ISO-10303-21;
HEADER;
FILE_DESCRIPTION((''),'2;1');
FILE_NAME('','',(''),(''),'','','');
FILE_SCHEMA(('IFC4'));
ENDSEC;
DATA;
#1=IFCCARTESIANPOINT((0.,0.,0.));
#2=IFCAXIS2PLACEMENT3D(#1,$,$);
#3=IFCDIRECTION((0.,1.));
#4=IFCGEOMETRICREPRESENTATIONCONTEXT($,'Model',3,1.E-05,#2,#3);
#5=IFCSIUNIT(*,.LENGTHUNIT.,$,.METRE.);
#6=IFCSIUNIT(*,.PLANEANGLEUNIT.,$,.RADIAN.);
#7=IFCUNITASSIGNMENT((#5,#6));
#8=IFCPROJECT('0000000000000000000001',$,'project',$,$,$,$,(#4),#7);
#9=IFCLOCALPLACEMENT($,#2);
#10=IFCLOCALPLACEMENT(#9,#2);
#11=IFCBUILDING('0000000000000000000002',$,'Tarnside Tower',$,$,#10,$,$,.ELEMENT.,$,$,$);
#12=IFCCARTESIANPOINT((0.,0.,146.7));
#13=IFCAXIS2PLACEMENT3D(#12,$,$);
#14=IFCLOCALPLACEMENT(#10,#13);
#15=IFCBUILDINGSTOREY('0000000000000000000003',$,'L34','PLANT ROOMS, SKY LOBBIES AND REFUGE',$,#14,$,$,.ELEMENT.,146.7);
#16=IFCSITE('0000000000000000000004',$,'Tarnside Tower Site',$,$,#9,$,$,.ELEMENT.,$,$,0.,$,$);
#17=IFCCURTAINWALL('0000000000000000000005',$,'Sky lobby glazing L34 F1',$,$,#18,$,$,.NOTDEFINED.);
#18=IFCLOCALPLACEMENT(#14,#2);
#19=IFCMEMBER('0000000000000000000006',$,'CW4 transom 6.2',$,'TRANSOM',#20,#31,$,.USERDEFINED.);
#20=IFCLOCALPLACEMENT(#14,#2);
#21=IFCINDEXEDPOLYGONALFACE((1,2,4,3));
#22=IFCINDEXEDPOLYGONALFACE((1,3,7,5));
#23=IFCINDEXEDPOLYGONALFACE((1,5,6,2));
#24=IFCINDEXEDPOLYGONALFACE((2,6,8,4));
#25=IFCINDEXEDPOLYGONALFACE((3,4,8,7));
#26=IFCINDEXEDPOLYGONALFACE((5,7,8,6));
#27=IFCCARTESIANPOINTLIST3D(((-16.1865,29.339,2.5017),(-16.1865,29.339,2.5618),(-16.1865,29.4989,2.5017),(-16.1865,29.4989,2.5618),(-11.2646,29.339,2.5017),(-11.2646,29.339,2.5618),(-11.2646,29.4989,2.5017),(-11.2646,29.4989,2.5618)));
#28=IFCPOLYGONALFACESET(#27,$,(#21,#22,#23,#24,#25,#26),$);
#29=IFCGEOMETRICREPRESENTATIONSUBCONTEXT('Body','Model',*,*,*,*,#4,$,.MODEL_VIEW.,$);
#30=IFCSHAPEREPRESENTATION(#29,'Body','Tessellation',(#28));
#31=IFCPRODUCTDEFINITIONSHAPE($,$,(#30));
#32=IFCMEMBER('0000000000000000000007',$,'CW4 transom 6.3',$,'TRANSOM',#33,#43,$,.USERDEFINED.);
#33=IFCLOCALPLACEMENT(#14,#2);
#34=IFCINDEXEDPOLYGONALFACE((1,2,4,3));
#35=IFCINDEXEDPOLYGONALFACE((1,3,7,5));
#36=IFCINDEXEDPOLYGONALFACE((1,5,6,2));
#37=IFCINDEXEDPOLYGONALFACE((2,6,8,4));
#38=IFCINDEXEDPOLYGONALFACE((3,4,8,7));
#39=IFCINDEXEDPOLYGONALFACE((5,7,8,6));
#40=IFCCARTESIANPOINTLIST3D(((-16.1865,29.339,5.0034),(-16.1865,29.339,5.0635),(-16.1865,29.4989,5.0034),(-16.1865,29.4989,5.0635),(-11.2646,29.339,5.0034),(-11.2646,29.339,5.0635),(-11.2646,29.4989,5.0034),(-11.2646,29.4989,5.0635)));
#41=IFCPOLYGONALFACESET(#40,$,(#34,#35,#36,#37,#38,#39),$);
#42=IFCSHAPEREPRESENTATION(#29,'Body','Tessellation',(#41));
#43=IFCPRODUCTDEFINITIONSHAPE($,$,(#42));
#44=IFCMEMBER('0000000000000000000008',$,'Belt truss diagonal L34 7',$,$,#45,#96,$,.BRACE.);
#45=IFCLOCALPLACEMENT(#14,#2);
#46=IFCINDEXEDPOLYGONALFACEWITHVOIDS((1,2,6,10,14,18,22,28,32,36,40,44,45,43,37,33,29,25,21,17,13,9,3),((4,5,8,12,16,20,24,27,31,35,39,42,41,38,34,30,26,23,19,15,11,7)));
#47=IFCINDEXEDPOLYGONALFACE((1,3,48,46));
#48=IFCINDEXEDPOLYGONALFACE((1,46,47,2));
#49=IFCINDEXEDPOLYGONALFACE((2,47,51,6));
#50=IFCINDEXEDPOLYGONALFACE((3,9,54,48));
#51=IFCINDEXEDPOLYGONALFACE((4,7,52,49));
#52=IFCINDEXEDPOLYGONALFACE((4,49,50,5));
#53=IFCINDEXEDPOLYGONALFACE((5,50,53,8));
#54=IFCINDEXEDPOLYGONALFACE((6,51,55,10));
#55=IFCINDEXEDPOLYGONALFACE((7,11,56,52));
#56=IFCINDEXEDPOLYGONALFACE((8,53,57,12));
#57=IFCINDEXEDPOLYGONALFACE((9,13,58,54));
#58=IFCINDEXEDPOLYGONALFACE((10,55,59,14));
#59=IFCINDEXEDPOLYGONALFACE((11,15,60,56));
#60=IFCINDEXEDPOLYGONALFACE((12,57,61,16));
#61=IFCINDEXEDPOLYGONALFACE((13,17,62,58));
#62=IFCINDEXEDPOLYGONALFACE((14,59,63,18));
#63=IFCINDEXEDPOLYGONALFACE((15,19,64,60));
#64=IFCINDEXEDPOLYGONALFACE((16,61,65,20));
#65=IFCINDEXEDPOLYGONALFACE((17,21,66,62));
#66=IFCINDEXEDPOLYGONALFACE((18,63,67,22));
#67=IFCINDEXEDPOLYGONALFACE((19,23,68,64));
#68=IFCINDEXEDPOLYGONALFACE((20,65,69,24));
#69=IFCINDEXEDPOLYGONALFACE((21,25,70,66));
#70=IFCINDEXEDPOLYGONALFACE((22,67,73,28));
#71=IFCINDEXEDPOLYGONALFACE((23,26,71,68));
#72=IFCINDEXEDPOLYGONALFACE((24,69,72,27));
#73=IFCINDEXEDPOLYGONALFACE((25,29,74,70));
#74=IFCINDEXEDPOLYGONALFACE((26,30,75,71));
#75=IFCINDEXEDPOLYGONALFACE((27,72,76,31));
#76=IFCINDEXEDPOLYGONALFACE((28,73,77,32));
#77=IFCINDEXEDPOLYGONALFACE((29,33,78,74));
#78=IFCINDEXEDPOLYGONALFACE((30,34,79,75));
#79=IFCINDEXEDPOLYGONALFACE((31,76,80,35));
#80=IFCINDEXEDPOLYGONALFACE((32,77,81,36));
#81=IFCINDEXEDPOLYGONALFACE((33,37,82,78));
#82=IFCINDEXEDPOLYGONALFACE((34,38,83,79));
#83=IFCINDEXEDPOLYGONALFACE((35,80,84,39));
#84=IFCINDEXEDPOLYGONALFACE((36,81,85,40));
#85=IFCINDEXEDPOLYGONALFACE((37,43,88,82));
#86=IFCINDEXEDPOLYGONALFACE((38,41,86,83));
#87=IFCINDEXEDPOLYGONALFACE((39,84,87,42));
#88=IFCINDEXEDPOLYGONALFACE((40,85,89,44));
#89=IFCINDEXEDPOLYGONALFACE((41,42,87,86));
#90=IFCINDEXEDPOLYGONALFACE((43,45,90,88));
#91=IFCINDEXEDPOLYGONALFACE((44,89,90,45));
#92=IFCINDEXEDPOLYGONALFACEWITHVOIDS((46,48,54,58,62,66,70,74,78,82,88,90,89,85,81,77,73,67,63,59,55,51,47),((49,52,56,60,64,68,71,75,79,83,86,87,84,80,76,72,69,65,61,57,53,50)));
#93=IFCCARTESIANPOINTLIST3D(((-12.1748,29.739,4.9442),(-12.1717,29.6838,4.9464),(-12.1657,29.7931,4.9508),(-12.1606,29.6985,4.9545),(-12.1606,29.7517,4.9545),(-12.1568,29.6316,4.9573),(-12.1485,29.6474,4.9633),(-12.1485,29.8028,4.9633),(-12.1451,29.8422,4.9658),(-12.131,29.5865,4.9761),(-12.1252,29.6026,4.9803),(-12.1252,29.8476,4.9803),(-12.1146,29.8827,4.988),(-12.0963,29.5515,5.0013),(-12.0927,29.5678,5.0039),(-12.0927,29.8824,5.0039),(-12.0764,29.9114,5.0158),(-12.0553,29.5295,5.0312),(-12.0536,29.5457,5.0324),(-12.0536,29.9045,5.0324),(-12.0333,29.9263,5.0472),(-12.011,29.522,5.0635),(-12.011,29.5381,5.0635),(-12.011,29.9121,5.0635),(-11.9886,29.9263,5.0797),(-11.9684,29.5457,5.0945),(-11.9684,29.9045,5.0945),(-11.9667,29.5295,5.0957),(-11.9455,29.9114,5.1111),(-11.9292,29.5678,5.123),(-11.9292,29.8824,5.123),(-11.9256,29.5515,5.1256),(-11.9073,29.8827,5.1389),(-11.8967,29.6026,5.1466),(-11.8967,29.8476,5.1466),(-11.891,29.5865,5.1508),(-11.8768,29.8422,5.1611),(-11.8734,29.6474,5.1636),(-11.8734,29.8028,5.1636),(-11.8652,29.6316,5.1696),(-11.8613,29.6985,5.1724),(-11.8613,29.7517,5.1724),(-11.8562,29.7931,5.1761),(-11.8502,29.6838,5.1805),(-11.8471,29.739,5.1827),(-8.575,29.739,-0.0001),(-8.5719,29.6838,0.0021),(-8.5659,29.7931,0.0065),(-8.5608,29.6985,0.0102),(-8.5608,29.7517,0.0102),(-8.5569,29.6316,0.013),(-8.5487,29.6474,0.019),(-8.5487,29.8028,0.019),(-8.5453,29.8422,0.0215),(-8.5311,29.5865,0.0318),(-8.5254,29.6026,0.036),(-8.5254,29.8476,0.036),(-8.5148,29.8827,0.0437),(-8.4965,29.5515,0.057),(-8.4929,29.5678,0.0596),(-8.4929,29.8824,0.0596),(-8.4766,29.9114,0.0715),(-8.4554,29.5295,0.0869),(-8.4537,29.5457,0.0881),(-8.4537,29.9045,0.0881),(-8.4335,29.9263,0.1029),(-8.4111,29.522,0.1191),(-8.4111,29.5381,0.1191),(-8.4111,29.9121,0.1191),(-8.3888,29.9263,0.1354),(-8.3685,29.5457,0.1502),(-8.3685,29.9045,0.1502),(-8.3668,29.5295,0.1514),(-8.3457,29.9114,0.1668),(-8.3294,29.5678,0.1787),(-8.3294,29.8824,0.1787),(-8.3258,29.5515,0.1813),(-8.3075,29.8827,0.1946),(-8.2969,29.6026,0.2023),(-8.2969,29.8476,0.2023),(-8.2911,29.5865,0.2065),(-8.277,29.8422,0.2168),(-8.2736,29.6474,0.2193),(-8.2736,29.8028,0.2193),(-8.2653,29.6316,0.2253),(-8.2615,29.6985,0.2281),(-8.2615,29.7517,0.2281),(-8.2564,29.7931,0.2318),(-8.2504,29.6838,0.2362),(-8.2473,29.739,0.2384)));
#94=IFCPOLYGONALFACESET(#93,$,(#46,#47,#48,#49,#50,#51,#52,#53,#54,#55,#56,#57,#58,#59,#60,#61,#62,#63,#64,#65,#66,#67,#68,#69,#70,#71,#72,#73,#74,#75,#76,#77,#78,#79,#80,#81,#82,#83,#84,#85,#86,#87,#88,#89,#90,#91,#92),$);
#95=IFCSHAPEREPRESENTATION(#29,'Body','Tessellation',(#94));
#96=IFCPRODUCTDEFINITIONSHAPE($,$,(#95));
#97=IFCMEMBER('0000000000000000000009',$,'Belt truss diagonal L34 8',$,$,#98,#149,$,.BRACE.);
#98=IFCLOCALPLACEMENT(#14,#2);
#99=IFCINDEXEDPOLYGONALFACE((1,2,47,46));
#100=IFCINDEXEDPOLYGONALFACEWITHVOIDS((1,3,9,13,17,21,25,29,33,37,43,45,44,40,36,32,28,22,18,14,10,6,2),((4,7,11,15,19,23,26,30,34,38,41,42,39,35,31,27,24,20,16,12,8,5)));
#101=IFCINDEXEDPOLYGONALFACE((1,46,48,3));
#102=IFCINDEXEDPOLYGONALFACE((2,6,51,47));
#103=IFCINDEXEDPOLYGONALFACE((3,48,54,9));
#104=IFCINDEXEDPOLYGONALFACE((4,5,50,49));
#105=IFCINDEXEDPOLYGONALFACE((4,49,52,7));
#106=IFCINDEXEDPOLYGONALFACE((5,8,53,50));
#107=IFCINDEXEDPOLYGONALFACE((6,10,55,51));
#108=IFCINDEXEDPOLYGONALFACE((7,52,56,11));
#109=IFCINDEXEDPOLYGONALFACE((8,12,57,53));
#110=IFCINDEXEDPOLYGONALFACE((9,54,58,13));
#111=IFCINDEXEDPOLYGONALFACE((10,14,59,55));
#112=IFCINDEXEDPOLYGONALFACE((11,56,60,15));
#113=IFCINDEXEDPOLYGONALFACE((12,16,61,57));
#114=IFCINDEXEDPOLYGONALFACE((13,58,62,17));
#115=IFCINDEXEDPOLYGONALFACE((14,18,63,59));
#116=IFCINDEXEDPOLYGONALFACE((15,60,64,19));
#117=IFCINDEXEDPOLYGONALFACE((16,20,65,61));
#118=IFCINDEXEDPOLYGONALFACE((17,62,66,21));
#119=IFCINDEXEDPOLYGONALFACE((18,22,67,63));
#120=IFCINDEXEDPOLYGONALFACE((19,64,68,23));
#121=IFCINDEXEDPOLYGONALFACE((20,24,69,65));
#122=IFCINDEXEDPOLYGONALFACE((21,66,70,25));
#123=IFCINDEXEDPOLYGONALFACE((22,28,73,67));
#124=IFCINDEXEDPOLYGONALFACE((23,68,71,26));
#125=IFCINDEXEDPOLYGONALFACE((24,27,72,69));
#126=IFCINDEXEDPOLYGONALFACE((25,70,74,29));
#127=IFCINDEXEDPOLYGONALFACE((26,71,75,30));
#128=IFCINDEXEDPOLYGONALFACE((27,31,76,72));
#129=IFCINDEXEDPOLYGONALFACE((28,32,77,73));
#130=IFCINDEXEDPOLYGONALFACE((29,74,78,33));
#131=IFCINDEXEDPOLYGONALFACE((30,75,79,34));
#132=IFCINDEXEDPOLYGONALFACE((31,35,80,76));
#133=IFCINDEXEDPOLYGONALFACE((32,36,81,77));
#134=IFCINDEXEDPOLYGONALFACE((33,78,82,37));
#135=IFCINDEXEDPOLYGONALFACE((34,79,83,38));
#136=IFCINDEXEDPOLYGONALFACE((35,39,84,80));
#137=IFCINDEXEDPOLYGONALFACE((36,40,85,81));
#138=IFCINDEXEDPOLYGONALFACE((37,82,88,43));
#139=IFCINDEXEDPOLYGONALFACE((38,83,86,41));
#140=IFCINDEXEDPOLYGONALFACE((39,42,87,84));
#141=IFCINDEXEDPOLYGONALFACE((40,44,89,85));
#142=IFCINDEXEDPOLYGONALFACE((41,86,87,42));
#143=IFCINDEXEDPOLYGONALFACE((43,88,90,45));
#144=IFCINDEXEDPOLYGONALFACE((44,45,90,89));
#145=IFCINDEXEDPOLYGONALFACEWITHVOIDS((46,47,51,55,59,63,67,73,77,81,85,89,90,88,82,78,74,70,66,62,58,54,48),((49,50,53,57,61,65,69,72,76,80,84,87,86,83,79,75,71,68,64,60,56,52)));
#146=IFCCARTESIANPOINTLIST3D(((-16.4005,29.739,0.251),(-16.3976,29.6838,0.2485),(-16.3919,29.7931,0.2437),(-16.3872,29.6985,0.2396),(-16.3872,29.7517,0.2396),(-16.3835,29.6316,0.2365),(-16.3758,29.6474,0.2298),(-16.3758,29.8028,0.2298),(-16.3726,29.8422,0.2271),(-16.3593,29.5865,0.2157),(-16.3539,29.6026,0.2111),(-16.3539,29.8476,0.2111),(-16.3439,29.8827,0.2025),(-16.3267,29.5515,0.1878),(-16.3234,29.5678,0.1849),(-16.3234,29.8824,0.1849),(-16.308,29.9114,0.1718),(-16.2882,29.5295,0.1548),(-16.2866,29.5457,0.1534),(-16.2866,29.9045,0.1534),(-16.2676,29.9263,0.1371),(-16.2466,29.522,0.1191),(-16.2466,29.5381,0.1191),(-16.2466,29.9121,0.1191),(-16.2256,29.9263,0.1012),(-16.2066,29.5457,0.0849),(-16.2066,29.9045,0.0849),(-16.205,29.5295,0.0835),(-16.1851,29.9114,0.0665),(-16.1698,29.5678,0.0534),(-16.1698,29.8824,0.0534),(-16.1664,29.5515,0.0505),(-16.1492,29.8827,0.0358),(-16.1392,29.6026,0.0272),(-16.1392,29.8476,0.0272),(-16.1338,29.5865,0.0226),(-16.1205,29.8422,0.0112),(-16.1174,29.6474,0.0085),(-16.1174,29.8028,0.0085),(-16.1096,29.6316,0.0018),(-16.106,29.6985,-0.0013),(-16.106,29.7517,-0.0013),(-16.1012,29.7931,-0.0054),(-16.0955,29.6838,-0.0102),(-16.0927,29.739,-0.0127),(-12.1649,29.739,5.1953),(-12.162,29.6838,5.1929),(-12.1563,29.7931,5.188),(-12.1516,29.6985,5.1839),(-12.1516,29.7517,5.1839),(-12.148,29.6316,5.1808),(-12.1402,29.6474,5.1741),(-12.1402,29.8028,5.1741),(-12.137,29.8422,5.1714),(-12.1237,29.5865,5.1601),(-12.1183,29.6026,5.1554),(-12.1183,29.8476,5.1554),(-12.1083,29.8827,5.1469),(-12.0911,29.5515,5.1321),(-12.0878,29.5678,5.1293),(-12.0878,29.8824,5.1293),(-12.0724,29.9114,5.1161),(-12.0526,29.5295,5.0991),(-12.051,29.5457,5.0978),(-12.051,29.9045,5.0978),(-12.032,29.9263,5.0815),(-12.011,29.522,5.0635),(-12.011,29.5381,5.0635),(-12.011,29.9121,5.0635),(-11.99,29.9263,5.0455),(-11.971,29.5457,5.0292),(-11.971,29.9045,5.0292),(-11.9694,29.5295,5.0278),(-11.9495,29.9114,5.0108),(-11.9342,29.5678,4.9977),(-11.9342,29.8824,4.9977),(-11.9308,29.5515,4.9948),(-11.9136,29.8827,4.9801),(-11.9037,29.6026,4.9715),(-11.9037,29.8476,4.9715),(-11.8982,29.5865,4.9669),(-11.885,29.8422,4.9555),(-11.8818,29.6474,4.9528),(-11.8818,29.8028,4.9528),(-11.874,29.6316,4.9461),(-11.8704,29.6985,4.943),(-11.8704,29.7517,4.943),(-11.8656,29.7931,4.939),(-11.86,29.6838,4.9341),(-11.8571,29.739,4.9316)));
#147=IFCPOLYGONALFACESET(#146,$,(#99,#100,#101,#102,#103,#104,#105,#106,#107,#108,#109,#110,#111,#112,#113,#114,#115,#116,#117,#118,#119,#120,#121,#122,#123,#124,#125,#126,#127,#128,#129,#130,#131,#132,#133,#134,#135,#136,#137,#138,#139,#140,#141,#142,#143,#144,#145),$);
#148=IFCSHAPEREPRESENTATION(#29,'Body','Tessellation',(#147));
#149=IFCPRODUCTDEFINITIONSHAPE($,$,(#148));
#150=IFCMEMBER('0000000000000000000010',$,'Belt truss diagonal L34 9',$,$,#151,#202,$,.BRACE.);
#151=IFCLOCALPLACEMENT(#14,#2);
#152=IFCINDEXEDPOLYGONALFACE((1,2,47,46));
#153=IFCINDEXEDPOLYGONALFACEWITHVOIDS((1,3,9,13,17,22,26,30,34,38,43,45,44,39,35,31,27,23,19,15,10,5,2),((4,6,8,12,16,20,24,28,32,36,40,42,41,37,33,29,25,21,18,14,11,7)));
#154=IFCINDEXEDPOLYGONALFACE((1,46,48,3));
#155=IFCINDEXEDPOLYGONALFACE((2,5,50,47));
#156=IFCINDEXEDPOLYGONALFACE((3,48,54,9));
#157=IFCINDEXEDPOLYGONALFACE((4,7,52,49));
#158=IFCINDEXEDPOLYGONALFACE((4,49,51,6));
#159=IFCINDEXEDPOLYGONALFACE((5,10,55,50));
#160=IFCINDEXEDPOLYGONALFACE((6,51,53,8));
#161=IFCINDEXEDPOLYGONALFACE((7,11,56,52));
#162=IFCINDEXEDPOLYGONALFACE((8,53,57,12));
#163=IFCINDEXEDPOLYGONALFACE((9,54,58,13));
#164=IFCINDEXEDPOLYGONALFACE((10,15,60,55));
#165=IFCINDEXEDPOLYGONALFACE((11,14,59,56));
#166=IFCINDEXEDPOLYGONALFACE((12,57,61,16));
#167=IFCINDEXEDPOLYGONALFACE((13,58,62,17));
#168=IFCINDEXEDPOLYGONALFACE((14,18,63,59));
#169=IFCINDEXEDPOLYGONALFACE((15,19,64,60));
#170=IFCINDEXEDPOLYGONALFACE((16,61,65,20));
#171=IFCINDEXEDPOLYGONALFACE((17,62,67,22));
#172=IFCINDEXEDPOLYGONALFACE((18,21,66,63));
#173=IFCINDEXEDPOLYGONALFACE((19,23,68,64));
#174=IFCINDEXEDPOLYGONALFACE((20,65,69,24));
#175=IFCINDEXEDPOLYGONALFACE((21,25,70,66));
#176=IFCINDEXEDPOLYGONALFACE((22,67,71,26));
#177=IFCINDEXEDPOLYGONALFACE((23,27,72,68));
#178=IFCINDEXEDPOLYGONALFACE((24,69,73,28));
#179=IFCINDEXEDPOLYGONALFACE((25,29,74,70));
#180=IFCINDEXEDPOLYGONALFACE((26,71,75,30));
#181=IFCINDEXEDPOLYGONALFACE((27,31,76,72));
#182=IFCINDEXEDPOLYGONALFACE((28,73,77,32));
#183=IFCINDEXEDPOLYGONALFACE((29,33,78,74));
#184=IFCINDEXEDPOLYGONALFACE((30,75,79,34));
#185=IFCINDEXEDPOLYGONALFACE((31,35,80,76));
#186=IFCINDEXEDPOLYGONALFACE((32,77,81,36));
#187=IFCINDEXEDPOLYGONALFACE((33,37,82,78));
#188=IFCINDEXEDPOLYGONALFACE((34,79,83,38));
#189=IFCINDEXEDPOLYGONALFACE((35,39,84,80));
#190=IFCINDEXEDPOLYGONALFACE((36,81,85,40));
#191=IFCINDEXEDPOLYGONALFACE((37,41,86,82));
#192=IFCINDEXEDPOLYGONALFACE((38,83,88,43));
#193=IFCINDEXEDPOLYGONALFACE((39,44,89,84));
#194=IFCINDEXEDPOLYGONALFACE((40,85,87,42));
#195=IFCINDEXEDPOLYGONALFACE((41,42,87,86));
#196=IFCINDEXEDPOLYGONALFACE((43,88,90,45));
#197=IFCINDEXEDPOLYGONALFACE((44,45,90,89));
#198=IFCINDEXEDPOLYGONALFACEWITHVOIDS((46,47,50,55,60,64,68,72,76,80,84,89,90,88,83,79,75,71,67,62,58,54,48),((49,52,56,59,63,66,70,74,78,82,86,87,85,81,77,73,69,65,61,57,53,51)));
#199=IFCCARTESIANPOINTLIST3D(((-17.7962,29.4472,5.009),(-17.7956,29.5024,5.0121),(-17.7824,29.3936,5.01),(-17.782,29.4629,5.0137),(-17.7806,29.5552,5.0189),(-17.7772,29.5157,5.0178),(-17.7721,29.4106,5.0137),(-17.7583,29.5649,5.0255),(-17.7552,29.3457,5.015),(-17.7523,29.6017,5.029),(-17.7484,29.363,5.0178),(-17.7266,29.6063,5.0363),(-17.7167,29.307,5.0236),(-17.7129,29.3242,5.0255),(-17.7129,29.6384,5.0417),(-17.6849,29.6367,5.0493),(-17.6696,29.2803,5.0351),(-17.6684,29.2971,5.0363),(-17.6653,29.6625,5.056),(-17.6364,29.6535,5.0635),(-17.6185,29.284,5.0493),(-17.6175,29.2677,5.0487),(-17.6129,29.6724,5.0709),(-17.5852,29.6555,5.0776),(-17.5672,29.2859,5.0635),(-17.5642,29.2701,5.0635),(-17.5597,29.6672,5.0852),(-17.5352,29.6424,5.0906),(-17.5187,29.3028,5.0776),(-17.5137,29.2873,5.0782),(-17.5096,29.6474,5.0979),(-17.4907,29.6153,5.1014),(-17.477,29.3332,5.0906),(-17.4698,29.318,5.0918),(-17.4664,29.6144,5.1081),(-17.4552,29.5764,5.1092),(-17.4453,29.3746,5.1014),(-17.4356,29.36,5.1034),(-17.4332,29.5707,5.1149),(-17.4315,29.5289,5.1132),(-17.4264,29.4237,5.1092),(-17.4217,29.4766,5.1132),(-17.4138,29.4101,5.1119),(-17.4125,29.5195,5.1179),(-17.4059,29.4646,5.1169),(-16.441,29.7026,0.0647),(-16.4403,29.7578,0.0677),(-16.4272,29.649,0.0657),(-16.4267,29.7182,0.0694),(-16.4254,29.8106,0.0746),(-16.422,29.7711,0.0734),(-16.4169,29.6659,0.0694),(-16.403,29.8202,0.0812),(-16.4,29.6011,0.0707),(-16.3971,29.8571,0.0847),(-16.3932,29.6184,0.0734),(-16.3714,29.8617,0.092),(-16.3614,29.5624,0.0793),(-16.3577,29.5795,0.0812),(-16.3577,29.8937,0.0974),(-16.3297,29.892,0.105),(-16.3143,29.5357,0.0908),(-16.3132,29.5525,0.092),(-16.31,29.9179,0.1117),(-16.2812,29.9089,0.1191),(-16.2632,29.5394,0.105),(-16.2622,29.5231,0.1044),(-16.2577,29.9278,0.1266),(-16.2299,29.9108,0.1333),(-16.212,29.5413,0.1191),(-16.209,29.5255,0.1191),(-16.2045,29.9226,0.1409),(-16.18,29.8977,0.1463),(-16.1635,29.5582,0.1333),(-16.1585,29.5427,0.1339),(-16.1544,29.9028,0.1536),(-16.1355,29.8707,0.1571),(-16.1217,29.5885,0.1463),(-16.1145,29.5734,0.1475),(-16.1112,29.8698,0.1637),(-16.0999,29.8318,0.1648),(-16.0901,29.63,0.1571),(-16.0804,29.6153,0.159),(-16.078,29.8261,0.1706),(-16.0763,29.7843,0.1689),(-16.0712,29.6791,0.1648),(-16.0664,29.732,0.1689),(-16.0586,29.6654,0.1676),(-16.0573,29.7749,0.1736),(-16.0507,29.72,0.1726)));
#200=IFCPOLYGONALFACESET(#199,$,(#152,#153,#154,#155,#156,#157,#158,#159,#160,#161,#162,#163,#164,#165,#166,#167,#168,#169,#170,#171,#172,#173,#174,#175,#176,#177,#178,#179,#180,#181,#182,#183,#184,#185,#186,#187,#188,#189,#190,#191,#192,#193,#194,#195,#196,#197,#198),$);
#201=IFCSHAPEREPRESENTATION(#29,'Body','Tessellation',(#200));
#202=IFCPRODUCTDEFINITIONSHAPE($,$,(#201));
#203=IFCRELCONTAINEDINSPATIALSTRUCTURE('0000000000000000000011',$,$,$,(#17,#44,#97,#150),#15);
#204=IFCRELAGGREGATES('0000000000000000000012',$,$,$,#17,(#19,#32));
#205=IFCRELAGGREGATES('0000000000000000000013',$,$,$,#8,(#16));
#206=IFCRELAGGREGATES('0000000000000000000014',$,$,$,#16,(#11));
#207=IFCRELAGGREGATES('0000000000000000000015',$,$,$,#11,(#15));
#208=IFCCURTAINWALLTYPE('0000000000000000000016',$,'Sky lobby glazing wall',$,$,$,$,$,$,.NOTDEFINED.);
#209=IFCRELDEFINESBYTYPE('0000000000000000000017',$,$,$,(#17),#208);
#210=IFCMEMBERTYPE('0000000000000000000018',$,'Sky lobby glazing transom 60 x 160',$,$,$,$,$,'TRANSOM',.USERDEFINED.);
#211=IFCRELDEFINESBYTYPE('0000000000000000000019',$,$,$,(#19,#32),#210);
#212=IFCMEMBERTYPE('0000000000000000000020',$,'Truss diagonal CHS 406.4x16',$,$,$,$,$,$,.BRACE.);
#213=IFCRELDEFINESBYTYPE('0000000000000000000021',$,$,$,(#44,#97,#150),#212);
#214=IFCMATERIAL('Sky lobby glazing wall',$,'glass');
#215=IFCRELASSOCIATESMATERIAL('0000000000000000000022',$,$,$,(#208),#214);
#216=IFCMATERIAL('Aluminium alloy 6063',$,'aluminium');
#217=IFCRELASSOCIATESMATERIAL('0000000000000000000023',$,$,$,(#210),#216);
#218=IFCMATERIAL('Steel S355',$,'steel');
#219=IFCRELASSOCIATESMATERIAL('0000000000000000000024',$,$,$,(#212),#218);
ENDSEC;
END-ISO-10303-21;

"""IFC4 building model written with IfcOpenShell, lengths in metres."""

from ifc_helpers import new_model, si_unit, direction, frame, origin, origin_2d, place, context, subcontext, project, spatial, rectangle, hollow_circle, extrude, material, material_profile, profile_set, type_object, element, aggregate, save


model = new_model("IFC4")

# Units and contexts
model_context = context("Model", 3, precision=1e-05, world=origin(), true_north=direction((0.0, 1.0)))
body_context = subcontext(model_context, "Body", "Model", "MODEL_VIEW")
ifc_project = project(units=[si_unit("LENGTHUNIT", "METRE"), si_unit("PLANEANGLEUNIT", "RADIAN")], contexts=[model_context])

# Site, building, storey
site_placement = place(None, origin())
site = spatial("IfcSite", under=ifc_project, at=site_placement, Name="Tarnside Tower Site", CompositionType="ELEMENT", RefElevation=0.0)
building_placement = place(site_placement, origin())
building = spatial("IfcBuilding", under=site, at=building_placement, Name="Tarnside Tower", CompositionType="ELEMENT")
storey_placement = place(building_placement, frame((0.0, 0.0, 146.7)))
storey = spatial("IfcBuildingStorey", under=building, at=storey_placement, Name="L34", Description="PLANT ROOMS, SKY LOBBIES AND REFUGE", CompositionType="ELEMENT", Elevation=146.7)

# Shared definitions
ifc_material_1 = material(Name="Steel S355", Category="steel")

# Curtain wall, members
ifc_material_2 = material(Name="Sky lobby glazing wall", Category="glass")
curtain_wall_type = type_object("IfcCurtainWallType", Name="Sky lobby glazing wall", PredefinedType="NOTDEFINED", material=ifc_material_2)
curtain_wall_placement = place(storey_placement, origin())
curtain_wall = element("IfcCurtainWall", 1, at=curtain_wall_placement, inside=storey, type_object=curtain_wall_type, Name="Sky lobby glazing L34 F1", PredefinedType="NOTDEFINED")
ifc_material_3 = material(Name="Aluminium alloy 6063", Category="aluminium")
ifc_material_profile_1 = material_profile(ifc_material_3, rectangle(XDim=0.1599, YDim=0.0601, at=origin_2d()), Name="Sky lobby glazing transom 60 x 160")
ifc_profile_set_1 = profile_set([ifc_material_profile_1], Name="Aluminium alloy 6063")
member_type_1 = type_object("IfcMemberType", Name="Sky lobby glazing transom 60 x 160", ElementType="TRANSOM", PredefinedType="USERDEFINED", material=ifc_profile_set_1)
member_1_placement = place(storey_placement, frame((-11.2646, 29.4189, 2.5317), z_axis=(-1.0, 0.0, 0.0), x_axis=(0.0, -1.0, 0.0)))
member_1 = element("IfcMember", 2, at=member_1_placement, type_object=member_type_1, Name="CW4 transom 6.2", ObjectType="TRANSOM", PredefinedType="USERDEFINED", context=body_context, shape_type="SweptSolid", body=[
    extrude(rectangle(XDim=0.1599, YDim=0.0601, at=origin_2d()), origin(), (0.0, 0.0, 1.0), 4.9219),
])
member_2_placement = place(storey_placement, frame((-11.2646, 29.4189, 5.0334), z_axis=(-1.0, 0.0, 0.0), x_axis=(0.0, -1.0, 0.0)))
member_2 = element("IfcMember", 3, at=member_2_placement, type_object=member_type_1, Name="CW4 transom 6.3", ObjectType="TRANSOM", PredefinedType="USERDEFINED", context=body_context, shape_type="SweptSolid", body=[
    extrude(rectangle(XDim=0.1599, YDim=0.0601, at=origin_2d()), origin(), (0.0, 0.0, 1.0), 4.9219),
])

# Members
ifc_material_profile_2 = material_profile(ifc_material_1, hollow_circle(Radius=0.2031, WallThickness=0.0161, at=origin_2d()), Name="CHS 406.4x16")
ifc_profile_set_2 = profile_set([ifc_material_profile_2], Name="Steel S355")
member_type_2 = type_object("IfcMemberType", Name="Truss diagonal CHS 406.4x16", PredefinedType="BRACE", material=ifc_profile_set_2)
member_3_placement = place(storey_placement, frame((-8.4111, 29.7251, 0.1191), z_axis=(-0.588596, 0.0, 0.808427), x_axis=(0.0, -1.0, 0.0)))
element("IfcMember", 4, at=member_3_placement, inside=storey, type_object=member_type_2, Name="Belt truss diagonal L34 7", PredefinedType="BRACE", context=body_context, shape_type="SweptSolid", body=[
    extrude(hollow_circle(Radius=0.2031, WallThickness=0.0161, at=origin_2d()), origin(), (0.0, 0.0, 1.0), 6.116),
])
member_4_placement = place(storey_placement, frame((-12.011, 29.7251, 5.0635), z_axis=(-0.650578, 0.0, -0.759439), x_axis=(0.0, -1.0, 0.0)))
element("IfcMember", 5, at=member_4_placement, inside=storey, type_object=member_type_2, Name="Belt truss diagonal L34 8", PredefinedType="BRACE", context=body_context, shape_type="SweptSolid", body=[
    extrude(hollow_circle(Radius=0.2031, WallThickness=0.0161, at=origin_2d()), origin(), (0.0, 0.0, 1.0), 6.5105),
])
member_5_placement = place(storey_placement, frame((-16.2466, 29.7251, 0.1191), z_axis=(-0.264019, -0.04975, 0.963234), x_axis=(0.185176, -0.982705, 0.0)))
element("IfcMember", 6, at=member_5_placement, inside=storey, type_object=member_type_2, Name="Belt truss diagonal L34 9", PredefinedType="BRACE", context=body_context, shape_type="SweptSolid", body=[
    extrude(hollow_circle(Radius=0.2031, WallThickness=0.0161, at=origin_2d()), origin(), (0.0, 0.0, 1.0), 5.1331),
])

aggregate(curtain_wall, [member_1, member_2])

save(model, "model.ifc")
